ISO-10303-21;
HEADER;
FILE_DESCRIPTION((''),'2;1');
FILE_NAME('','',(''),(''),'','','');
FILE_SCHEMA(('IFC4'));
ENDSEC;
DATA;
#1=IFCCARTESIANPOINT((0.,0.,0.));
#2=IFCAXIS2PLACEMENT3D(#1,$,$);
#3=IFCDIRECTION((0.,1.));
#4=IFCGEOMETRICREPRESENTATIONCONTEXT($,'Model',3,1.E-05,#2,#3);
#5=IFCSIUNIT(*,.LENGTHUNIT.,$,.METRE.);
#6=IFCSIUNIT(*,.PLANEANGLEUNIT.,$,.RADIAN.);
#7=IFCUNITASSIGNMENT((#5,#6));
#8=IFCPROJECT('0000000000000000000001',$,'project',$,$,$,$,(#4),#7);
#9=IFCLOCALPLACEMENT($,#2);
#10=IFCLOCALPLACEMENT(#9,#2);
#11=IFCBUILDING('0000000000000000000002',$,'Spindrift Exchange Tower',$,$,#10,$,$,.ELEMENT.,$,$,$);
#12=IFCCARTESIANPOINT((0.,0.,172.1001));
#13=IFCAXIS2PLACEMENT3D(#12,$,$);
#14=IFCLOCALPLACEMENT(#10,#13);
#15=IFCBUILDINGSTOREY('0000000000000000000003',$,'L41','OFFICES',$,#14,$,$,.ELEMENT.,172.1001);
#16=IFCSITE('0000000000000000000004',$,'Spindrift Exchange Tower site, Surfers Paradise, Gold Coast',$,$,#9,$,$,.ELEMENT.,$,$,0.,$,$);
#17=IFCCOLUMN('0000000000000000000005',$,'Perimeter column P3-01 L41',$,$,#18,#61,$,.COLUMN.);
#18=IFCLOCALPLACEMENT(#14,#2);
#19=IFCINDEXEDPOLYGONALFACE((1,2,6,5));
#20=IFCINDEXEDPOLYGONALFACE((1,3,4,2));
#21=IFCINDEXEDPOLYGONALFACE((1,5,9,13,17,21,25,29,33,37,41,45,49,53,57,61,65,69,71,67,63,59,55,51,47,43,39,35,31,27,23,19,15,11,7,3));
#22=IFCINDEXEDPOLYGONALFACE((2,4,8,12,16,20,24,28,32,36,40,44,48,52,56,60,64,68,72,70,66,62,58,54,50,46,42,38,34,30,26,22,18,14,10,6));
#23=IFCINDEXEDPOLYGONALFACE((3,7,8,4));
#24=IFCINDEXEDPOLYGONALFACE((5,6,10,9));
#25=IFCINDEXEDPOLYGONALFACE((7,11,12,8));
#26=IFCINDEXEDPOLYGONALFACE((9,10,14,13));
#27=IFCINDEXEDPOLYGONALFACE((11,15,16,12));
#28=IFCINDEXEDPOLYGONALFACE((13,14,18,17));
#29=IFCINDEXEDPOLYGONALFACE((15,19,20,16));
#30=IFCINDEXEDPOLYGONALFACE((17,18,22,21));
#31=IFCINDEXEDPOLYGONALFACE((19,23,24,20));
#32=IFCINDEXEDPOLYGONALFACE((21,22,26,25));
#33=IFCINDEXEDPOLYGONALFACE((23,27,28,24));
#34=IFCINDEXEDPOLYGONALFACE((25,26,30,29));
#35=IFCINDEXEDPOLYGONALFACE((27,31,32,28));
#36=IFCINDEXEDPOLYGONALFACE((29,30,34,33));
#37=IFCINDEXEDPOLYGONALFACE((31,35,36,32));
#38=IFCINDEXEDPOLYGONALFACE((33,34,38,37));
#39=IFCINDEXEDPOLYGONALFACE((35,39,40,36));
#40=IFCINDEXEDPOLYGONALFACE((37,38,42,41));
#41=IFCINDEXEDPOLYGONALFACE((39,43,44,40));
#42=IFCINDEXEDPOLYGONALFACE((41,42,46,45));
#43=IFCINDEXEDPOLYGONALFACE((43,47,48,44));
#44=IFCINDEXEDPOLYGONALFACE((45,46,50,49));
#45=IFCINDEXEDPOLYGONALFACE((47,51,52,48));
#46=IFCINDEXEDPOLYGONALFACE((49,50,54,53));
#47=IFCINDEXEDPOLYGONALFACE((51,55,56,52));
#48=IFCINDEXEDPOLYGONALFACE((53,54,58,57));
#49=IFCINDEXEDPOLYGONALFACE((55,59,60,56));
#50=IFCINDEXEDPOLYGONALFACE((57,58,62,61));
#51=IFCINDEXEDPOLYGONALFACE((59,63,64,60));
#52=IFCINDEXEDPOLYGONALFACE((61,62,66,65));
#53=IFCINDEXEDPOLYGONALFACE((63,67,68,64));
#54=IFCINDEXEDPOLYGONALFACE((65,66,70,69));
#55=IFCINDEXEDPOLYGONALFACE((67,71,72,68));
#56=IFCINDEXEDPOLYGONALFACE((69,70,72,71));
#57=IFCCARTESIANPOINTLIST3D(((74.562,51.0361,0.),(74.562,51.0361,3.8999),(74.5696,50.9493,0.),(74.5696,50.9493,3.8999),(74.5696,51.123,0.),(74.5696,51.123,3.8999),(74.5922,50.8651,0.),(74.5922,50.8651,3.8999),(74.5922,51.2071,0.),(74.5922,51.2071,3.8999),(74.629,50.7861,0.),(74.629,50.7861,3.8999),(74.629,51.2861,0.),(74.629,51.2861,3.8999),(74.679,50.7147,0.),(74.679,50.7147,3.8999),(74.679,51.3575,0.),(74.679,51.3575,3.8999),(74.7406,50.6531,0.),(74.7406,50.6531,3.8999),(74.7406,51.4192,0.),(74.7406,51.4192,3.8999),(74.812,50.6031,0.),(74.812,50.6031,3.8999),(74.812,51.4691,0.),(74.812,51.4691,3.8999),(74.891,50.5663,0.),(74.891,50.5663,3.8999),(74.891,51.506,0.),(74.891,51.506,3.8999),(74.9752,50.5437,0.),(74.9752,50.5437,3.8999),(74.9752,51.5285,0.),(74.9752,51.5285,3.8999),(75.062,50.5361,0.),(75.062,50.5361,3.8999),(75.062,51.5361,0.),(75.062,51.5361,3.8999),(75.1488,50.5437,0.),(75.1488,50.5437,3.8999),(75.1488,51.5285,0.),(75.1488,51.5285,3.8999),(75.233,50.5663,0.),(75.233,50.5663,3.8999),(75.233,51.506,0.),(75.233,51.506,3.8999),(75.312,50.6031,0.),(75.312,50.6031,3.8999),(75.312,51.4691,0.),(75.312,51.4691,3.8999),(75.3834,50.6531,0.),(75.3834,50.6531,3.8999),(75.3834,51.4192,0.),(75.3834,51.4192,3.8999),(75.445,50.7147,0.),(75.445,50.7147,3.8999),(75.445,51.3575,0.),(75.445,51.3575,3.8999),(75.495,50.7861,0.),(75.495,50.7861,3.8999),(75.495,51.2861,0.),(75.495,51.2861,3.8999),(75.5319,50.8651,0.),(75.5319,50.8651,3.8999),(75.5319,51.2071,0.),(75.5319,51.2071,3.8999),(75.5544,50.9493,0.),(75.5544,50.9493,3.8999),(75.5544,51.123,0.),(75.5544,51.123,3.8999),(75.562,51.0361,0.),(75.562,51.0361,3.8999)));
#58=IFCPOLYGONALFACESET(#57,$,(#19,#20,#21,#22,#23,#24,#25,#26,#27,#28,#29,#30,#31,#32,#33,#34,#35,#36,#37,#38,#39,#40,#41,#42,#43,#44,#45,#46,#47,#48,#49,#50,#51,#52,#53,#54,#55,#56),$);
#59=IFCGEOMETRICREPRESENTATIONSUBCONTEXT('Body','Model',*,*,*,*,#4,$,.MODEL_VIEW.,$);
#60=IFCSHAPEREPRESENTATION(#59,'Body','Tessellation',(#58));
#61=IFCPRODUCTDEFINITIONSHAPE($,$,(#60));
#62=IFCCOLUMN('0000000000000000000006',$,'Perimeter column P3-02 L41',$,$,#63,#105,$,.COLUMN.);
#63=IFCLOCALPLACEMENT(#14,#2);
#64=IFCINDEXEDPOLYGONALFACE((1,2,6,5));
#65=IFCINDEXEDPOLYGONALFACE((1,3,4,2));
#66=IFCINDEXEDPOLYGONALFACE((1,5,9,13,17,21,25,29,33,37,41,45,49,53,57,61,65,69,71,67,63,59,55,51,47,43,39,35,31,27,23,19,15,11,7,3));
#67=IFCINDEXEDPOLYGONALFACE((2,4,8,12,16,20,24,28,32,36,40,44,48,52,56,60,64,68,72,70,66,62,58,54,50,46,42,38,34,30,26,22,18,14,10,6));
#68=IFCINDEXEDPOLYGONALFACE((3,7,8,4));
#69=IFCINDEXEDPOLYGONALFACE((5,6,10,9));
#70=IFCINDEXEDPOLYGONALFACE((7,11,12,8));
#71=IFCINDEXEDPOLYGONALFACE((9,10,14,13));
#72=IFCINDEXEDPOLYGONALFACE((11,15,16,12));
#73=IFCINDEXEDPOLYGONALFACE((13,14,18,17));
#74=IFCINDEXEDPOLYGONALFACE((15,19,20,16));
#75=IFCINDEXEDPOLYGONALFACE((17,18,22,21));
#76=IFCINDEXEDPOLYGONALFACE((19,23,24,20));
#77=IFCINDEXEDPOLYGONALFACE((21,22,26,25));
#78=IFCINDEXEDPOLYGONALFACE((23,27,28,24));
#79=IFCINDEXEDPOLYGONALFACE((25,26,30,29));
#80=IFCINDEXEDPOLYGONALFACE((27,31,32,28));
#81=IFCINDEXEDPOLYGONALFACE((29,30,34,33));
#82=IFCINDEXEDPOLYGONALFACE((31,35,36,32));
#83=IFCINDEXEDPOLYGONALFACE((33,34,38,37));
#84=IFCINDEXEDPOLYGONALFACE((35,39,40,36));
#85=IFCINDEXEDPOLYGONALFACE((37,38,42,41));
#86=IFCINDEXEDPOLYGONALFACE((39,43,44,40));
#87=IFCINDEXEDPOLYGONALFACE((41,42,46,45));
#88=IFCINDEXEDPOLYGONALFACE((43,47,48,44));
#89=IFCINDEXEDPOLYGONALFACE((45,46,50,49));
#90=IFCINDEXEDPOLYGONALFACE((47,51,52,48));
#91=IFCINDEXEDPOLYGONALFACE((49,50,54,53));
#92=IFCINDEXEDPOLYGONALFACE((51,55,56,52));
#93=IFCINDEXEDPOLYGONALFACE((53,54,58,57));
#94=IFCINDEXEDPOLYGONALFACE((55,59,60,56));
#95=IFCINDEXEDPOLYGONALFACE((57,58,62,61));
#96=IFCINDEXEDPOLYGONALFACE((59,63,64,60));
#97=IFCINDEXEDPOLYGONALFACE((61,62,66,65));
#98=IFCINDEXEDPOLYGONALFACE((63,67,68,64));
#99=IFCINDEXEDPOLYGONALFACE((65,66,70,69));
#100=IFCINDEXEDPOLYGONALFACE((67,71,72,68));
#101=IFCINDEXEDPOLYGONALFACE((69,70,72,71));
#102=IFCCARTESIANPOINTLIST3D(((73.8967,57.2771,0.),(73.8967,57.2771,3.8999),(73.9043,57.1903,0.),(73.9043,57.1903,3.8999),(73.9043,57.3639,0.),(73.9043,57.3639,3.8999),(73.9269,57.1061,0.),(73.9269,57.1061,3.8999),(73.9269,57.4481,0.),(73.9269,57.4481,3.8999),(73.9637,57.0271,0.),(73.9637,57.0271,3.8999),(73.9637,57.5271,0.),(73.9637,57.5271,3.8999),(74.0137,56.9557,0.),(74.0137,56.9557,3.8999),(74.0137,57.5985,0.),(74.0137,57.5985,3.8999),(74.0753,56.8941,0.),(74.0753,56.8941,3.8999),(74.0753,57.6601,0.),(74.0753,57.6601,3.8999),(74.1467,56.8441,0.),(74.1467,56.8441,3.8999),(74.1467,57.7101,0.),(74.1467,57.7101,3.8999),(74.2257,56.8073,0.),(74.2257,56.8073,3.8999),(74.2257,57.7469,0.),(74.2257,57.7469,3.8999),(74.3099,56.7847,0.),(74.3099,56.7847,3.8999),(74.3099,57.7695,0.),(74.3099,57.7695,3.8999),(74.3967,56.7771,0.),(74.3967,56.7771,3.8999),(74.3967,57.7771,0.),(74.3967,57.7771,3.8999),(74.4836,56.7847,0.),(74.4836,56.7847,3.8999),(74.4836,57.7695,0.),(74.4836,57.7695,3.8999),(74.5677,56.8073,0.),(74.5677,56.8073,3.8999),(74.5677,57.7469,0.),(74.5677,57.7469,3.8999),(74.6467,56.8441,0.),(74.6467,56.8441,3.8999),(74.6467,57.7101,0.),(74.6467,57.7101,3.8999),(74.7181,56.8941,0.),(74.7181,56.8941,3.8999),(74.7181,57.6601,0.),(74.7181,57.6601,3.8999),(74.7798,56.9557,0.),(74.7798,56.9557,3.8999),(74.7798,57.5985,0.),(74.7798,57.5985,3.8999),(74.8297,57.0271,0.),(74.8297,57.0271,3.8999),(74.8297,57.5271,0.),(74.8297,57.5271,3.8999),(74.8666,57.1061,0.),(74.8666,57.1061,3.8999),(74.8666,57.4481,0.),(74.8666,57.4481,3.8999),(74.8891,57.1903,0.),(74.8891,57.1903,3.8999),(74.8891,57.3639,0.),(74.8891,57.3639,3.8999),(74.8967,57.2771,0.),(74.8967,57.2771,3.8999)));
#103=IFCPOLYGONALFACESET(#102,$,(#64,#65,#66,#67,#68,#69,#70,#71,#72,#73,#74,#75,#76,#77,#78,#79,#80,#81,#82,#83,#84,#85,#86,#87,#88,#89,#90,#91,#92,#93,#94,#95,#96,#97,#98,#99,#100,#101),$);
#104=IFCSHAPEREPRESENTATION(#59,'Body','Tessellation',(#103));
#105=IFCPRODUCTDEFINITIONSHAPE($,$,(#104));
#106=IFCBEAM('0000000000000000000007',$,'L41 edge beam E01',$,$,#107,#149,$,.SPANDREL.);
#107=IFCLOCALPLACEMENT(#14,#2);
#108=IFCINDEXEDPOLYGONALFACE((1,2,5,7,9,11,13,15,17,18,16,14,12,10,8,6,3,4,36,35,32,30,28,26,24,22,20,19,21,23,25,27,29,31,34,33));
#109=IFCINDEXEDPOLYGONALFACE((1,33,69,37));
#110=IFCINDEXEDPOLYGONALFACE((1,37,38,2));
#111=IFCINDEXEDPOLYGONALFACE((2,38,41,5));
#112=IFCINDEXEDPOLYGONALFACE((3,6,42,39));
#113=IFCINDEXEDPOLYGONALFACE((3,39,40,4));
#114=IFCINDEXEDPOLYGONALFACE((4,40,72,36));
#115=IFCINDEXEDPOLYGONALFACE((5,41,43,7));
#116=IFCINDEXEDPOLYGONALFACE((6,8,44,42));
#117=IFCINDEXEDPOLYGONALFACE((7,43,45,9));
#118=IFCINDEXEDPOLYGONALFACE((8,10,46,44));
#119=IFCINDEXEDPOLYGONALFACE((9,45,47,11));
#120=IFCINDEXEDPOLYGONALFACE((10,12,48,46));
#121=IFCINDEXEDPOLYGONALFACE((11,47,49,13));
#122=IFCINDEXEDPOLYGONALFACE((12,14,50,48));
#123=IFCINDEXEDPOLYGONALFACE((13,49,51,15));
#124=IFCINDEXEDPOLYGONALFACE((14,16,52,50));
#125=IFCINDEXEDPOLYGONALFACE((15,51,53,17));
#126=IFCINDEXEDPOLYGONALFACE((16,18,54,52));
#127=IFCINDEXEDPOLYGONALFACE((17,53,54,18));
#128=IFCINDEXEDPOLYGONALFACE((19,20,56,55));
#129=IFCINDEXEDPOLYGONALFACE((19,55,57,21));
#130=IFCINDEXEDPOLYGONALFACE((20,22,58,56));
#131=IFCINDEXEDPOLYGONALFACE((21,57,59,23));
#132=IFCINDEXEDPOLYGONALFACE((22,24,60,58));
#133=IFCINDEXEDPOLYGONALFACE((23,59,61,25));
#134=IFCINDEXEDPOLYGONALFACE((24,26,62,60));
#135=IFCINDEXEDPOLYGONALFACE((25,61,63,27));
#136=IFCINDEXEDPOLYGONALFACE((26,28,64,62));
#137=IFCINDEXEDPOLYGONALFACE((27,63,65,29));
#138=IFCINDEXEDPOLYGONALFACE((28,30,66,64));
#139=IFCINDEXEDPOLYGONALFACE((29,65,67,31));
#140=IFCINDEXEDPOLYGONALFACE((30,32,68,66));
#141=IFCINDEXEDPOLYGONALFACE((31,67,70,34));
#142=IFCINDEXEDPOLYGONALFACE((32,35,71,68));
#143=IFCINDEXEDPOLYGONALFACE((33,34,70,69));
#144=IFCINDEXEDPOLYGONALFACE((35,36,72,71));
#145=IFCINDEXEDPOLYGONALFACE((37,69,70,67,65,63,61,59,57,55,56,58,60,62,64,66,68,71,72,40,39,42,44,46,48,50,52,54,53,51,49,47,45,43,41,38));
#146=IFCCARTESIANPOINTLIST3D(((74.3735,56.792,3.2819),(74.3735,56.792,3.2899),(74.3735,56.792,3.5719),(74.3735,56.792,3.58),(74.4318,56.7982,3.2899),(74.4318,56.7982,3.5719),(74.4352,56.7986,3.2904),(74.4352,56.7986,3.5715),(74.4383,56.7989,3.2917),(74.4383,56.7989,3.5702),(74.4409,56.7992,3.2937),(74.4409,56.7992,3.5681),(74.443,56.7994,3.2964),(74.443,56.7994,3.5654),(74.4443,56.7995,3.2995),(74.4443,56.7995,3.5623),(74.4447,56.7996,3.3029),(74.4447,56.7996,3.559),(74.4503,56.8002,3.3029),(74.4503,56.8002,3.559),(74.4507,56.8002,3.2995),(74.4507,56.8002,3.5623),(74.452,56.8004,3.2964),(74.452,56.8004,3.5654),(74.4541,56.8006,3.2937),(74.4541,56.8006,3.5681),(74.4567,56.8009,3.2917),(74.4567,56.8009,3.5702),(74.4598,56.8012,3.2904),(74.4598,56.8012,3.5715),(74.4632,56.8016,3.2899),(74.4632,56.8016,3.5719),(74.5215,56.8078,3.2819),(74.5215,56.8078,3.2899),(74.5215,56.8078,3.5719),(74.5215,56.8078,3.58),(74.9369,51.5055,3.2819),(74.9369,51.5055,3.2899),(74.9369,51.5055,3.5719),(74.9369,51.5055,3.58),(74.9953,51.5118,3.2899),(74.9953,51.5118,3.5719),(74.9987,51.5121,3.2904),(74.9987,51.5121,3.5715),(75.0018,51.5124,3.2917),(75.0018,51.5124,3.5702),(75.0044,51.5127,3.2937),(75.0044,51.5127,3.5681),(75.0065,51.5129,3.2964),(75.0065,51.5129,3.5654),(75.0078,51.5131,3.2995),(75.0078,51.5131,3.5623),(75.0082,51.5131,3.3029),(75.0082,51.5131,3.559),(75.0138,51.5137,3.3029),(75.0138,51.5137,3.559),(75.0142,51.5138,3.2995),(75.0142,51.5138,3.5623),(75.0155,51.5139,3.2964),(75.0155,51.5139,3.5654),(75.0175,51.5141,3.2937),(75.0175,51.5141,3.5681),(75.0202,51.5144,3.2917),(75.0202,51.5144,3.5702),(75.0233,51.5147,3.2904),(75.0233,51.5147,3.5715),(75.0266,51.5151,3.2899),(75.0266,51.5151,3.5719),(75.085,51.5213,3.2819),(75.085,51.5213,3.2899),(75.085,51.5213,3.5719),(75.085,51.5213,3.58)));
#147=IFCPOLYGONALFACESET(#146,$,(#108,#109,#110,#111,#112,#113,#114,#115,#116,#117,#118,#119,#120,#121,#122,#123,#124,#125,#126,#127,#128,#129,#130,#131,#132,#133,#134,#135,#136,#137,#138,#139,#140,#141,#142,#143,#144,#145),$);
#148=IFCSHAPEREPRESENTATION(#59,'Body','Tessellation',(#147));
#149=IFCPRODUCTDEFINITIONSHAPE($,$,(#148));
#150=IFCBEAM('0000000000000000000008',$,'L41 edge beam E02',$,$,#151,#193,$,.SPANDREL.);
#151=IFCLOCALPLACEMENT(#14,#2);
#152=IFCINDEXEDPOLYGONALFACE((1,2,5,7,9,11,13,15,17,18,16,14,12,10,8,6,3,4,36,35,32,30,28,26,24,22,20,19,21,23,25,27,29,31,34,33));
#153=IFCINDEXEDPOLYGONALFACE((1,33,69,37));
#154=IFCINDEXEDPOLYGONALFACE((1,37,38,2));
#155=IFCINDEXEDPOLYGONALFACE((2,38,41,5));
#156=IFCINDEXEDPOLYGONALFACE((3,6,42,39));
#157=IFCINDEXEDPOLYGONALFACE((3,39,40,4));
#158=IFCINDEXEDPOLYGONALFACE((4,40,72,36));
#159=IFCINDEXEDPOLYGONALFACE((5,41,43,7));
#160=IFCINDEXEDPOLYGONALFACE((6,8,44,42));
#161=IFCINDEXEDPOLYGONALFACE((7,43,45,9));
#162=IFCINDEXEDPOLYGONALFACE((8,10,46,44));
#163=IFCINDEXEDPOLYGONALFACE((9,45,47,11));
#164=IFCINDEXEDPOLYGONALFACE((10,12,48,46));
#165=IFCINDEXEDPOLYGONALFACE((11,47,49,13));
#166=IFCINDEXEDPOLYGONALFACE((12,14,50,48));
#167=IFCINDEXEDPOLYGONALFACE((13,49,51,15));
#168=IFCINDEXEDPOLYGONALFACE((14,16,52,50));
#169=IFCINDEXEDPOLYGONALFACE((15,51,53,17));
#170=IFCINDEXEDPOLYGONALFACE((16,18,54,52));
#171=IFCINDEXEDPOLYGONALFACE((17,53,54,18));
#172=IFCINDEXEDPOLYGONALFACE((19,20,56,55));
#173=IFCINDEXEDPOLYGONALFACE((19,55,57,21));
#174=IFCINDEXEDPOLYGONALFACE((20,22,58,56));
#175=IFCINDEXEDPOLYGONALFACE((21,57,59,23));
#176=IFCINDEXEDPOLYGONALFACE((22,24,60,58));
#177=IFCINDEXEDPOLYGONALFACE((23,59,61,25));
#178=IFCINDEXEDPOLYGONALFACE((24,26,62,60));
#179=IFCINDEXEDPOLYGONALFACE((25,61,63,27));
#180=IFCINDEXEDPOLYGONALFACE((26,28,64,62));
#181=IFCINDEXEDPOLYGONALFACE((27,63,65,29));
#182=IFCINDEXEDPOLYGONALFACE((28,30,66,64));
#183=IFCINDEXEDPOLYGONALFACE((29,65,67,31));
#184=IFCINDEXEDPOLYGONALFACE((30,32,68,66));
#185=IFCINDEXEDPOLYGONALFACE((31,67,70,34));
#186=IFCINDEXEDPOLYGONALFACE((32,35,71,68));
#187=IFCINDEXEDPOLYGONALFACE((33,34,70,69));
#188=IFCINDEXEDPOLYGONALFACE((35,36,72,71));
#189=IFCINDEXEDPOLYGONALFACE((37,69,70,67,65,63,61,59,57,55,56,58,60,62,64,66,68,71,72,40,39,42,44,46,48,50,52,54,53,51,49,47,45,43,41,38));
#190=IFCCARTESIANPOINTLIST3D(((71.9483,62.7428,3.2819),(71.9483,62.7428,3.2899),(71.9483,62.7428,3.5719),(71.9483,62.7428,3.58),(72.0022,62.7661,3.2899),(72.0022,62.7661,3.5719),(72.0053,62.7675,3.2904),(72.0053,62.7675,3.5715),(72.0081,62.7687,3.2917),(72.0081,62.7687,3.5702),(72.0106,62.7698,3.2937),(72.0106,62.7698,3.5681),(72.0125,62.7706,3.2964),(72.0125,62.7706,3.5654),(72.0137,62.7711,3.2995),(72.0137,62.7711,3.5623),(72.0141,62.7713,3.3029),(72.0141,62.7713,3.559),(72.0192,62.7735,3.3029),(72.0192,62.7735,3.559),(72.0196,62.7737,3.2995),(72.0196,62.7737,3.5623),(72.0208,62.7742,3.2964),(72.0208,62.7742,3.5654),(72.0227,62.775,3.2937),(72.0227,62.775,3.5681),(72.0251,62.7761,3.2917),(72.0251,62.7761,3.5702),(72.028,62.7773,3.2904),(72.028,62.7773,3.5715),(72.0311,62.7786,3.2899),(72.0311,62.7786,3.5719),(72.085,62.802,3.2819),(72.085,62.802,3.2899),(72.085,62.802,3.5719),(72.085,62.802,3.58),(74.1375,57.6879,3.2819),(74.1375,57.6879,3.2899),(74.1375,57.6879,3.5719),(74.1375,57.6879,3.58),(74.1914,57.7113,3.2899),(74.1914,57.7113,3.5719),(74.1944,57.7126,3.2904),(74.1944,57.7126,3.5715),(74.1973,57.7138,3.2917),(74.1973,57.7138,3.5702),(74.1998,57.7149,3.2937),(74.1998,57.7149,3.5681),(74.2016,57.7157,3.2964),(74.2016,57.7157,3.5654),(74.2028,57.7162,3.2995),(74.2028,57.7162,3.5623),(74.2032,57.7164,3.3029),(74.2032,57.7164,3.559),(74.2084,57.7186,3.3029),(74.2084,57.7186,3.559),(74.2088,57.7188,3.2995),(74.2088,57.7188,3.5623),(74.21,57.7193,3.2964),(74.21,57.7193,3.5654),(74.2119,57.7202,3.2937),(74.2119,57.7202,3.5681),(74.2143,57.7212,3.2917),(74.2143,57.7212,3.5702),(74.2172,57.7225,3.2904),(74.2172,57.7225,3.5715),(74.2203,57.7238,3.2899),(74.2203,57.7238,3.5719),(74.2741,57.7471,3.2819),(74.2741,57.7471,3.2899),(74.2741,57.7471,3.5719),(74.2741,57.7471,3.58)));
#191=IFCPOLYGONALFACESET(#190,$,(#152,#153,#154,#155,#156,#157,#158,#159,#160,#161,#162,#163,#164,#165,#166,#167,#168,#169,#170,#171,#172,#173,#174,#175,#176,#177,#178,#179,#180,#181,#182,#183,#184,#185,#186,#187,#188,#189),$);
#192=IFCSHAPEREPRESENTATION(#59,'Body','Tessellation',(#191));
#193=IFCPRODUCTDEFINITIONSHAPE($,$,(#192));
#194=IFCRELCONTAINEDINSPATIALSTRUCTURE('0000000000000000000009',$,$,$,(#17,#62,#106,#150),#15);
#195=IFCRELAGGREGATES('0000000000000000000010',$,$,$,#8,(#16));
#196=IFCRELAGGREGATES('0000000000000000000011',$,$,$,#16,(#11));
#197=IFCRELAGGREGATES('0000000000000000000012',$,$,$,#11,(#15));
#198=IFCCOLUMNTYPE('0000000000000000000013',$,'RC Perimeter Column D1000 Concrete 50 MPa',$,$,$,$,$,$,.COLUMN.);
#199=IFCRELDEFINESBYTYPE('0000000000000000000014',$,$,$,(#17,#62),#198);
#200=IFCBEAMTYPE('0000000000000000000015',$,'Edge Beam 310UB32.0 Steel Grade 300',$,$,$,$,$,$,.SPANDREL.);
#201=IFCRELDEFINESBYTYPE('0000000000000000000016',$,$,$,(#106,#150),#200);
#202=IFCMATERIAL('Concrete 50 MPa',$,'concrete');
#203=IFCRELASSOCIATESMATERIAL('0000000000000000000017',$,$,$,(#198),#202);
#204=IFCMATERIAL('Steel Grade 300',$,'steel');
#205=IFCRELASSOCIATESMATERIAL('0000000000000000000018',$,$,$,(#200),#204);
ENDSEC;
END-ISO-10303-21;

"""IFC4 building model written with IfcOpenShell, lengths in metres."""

from ifc_helpers import new_model, si_unit, direction, frame, origin, origin_2d, place, context, subcontext, project, spatial, circle, i_section, extrude, source, transform, mapped, material, material_profile, profile_set, type_object, element, save


model = new_model("IFC4")

# Units and contexts
model_context = context("Model", 3, precision=1e-05, world=origin(), true_north=direction((0.0, 1.0)))
body_context = subcontext(model_context, "Body", "Model", "MODEL_VIEW")
ifc_project = project(units=[si_unit("LENGTHUNIT", "METRE"), si_unit("PLANEANGLEUNIT", "RADIAN")], contexts=[model_context])

# Site, building, storey
site_placement = place(None, origin())
site = spatial("IfcSite", under=ifc_project, at=site_placement, Name="Spindrift Exchange Tower site, Surfers Paradise, Gold Coast", CompositionType="ELEMENT", RefElevation=0.0)
building_placement = place(site_placement, origin())
building = spatial("IfcBuilding", under=site, at=building_placement, Name="Spindrift Exchange Tower", CompositionType="ELEMENT")
storey_placement = place(building_placement, frame((0.0, 0.0, 172.1001)))
storey = spatial("IfcBuildingStorey", under=building, at=storey_placement, Name="L41", Description="OFFICES", CompositionType="ELEMENT", Elevation=172.1001)

# Columns
ifc_material_1 = material(Name="Concrete 50 MPa", Category="concrete")
ifc_material_profile_1 = material_profile(ifc_material_1, circle(Radius=0.5, at=origin_2d()), Name="RC D1000")
ifc_profile_set_1 = profile_set([ifc_material_profile_1], Name="Concrete 50 MPa")
column_type = type_object("IfcColumnType", Name="RC Perimeter Column D1000 Concrete 50 MPa", PredefinedType="COLUMN", material=ifc_profile_set_1)
shared_shape_1 = source(origin(), body_context, "Body", "SweptSolid", [
    extrude(circle(Radius=0.5, at=origin_2d()), origin(), (0.0, 0.0, 1.0), 3.8999),
])
for number, where, z_axis, x_axis, name in (
    (1, (75.062, 51.0361, 0.0), (0.0, 0.0, 1.0), (1.0, 0.0, 0.0), "Perimeter column P3-01 L41"),
    (2, (74.3967, 57.2771, 0.0), (0.0, 0.0, 1.0), (1.0, 0.0, 0.0), "Perimeter column P3-02 L41"),
):
    element("IfcColumn", number, at=place(storey_placement, frame(where, z_axis=z_axis, x_axis=x_axis)), inside=storey, type_object=column_type, Name=name, PredefinedType="COLUMN", context=body_context, shape_type="MappedRepresentation", body=[
        mapped(shared_shape_1, transform((0.0, 0.0, 0.0), scale=1.0)),
    ])

# Beams
ifc_material_2 = material(Name="Steel Grade 300", Category="steel")
ifc_material_profile_2 = material_profile(ifc_material_2, i_section(OverallWidth=0.1489, OverallDepth=0.2981, WebThickness=0.0056, FlangeThickness=0.0081, FilletRadius=0.0129, at=origin_2d()), Name="310UB32.0")
ifc_profile_set_2 = profile_set([ifc_material_profile_2], Name="Steel Grade 300")
beam_type_1 = type_object("IfcBeamType", Name="Edge Beam 310UB32.0 Steel Grade 300", PredefinedType="SPANDREL", material=ifc_profile_set_2)
shared_shape_2 = source(origin(), body_context, "Body", "SweptSolid", [
    extrude(i_section(OverallWidth=0.1489, OverallDepth=0.2981, WebThickness=0.0056, FlangeThickness=0.0081, FilletRadius=0.0129, at=origin_2d()), origin(), (0.0, 0.0, 1.0), 5.3164),
])
beam_1_placement = place(storey_placement, frame((75.011, 51.5134, 3.4309), z_axis=(-0.10599, 0.994367, 0.0), x_axis=(-0.994367, -0.10599, 0.0)))
element("IfcBeam", 3, at=beam_1_placement, inside=storey, type_object=beam_type_1, Name="L41 edge beam E01", PredefinedType="SPANDREL", context=body_context, shape_type="MappedRepresentation", body=[
    mapped(shared_shape_2, transform((0.0, 0.0, 0.0), scale=1.0)),
])
shared_shape_3 = source(origin(), body_context, "Body", "SweptSolid", [
    extrude(i_section(OverallWidth=0.1489, OverallDepth=0.2981, WebThickness=0.0056, FlangeThickness=0.0081, FilletRadius=0.0129, at=origin_2d()), origin(), (0.0, 0.0, 1.0), 5.5085),
])
beam_2_placement = place(storey_placement, frame((74.2058, 57.7175, 3.4309), z_axis=(-0.397415, 0.917639, 0.0), x_axis=(-0.917639, -0.397415, 0.0)))
element("IfcBeam", 4, at=beam_2_placement, inside=storey, type_object=beam_type_1, Name="L41 edge beam E02", PredefinedType="SPANDREL", context=body_context, shape_type="MappedRepresentation", body=[
    mapped(shared_shape_3, transform((0.0, 0.0, 0.0), scale=1.0)),
])

save(model, "model.ifc")
